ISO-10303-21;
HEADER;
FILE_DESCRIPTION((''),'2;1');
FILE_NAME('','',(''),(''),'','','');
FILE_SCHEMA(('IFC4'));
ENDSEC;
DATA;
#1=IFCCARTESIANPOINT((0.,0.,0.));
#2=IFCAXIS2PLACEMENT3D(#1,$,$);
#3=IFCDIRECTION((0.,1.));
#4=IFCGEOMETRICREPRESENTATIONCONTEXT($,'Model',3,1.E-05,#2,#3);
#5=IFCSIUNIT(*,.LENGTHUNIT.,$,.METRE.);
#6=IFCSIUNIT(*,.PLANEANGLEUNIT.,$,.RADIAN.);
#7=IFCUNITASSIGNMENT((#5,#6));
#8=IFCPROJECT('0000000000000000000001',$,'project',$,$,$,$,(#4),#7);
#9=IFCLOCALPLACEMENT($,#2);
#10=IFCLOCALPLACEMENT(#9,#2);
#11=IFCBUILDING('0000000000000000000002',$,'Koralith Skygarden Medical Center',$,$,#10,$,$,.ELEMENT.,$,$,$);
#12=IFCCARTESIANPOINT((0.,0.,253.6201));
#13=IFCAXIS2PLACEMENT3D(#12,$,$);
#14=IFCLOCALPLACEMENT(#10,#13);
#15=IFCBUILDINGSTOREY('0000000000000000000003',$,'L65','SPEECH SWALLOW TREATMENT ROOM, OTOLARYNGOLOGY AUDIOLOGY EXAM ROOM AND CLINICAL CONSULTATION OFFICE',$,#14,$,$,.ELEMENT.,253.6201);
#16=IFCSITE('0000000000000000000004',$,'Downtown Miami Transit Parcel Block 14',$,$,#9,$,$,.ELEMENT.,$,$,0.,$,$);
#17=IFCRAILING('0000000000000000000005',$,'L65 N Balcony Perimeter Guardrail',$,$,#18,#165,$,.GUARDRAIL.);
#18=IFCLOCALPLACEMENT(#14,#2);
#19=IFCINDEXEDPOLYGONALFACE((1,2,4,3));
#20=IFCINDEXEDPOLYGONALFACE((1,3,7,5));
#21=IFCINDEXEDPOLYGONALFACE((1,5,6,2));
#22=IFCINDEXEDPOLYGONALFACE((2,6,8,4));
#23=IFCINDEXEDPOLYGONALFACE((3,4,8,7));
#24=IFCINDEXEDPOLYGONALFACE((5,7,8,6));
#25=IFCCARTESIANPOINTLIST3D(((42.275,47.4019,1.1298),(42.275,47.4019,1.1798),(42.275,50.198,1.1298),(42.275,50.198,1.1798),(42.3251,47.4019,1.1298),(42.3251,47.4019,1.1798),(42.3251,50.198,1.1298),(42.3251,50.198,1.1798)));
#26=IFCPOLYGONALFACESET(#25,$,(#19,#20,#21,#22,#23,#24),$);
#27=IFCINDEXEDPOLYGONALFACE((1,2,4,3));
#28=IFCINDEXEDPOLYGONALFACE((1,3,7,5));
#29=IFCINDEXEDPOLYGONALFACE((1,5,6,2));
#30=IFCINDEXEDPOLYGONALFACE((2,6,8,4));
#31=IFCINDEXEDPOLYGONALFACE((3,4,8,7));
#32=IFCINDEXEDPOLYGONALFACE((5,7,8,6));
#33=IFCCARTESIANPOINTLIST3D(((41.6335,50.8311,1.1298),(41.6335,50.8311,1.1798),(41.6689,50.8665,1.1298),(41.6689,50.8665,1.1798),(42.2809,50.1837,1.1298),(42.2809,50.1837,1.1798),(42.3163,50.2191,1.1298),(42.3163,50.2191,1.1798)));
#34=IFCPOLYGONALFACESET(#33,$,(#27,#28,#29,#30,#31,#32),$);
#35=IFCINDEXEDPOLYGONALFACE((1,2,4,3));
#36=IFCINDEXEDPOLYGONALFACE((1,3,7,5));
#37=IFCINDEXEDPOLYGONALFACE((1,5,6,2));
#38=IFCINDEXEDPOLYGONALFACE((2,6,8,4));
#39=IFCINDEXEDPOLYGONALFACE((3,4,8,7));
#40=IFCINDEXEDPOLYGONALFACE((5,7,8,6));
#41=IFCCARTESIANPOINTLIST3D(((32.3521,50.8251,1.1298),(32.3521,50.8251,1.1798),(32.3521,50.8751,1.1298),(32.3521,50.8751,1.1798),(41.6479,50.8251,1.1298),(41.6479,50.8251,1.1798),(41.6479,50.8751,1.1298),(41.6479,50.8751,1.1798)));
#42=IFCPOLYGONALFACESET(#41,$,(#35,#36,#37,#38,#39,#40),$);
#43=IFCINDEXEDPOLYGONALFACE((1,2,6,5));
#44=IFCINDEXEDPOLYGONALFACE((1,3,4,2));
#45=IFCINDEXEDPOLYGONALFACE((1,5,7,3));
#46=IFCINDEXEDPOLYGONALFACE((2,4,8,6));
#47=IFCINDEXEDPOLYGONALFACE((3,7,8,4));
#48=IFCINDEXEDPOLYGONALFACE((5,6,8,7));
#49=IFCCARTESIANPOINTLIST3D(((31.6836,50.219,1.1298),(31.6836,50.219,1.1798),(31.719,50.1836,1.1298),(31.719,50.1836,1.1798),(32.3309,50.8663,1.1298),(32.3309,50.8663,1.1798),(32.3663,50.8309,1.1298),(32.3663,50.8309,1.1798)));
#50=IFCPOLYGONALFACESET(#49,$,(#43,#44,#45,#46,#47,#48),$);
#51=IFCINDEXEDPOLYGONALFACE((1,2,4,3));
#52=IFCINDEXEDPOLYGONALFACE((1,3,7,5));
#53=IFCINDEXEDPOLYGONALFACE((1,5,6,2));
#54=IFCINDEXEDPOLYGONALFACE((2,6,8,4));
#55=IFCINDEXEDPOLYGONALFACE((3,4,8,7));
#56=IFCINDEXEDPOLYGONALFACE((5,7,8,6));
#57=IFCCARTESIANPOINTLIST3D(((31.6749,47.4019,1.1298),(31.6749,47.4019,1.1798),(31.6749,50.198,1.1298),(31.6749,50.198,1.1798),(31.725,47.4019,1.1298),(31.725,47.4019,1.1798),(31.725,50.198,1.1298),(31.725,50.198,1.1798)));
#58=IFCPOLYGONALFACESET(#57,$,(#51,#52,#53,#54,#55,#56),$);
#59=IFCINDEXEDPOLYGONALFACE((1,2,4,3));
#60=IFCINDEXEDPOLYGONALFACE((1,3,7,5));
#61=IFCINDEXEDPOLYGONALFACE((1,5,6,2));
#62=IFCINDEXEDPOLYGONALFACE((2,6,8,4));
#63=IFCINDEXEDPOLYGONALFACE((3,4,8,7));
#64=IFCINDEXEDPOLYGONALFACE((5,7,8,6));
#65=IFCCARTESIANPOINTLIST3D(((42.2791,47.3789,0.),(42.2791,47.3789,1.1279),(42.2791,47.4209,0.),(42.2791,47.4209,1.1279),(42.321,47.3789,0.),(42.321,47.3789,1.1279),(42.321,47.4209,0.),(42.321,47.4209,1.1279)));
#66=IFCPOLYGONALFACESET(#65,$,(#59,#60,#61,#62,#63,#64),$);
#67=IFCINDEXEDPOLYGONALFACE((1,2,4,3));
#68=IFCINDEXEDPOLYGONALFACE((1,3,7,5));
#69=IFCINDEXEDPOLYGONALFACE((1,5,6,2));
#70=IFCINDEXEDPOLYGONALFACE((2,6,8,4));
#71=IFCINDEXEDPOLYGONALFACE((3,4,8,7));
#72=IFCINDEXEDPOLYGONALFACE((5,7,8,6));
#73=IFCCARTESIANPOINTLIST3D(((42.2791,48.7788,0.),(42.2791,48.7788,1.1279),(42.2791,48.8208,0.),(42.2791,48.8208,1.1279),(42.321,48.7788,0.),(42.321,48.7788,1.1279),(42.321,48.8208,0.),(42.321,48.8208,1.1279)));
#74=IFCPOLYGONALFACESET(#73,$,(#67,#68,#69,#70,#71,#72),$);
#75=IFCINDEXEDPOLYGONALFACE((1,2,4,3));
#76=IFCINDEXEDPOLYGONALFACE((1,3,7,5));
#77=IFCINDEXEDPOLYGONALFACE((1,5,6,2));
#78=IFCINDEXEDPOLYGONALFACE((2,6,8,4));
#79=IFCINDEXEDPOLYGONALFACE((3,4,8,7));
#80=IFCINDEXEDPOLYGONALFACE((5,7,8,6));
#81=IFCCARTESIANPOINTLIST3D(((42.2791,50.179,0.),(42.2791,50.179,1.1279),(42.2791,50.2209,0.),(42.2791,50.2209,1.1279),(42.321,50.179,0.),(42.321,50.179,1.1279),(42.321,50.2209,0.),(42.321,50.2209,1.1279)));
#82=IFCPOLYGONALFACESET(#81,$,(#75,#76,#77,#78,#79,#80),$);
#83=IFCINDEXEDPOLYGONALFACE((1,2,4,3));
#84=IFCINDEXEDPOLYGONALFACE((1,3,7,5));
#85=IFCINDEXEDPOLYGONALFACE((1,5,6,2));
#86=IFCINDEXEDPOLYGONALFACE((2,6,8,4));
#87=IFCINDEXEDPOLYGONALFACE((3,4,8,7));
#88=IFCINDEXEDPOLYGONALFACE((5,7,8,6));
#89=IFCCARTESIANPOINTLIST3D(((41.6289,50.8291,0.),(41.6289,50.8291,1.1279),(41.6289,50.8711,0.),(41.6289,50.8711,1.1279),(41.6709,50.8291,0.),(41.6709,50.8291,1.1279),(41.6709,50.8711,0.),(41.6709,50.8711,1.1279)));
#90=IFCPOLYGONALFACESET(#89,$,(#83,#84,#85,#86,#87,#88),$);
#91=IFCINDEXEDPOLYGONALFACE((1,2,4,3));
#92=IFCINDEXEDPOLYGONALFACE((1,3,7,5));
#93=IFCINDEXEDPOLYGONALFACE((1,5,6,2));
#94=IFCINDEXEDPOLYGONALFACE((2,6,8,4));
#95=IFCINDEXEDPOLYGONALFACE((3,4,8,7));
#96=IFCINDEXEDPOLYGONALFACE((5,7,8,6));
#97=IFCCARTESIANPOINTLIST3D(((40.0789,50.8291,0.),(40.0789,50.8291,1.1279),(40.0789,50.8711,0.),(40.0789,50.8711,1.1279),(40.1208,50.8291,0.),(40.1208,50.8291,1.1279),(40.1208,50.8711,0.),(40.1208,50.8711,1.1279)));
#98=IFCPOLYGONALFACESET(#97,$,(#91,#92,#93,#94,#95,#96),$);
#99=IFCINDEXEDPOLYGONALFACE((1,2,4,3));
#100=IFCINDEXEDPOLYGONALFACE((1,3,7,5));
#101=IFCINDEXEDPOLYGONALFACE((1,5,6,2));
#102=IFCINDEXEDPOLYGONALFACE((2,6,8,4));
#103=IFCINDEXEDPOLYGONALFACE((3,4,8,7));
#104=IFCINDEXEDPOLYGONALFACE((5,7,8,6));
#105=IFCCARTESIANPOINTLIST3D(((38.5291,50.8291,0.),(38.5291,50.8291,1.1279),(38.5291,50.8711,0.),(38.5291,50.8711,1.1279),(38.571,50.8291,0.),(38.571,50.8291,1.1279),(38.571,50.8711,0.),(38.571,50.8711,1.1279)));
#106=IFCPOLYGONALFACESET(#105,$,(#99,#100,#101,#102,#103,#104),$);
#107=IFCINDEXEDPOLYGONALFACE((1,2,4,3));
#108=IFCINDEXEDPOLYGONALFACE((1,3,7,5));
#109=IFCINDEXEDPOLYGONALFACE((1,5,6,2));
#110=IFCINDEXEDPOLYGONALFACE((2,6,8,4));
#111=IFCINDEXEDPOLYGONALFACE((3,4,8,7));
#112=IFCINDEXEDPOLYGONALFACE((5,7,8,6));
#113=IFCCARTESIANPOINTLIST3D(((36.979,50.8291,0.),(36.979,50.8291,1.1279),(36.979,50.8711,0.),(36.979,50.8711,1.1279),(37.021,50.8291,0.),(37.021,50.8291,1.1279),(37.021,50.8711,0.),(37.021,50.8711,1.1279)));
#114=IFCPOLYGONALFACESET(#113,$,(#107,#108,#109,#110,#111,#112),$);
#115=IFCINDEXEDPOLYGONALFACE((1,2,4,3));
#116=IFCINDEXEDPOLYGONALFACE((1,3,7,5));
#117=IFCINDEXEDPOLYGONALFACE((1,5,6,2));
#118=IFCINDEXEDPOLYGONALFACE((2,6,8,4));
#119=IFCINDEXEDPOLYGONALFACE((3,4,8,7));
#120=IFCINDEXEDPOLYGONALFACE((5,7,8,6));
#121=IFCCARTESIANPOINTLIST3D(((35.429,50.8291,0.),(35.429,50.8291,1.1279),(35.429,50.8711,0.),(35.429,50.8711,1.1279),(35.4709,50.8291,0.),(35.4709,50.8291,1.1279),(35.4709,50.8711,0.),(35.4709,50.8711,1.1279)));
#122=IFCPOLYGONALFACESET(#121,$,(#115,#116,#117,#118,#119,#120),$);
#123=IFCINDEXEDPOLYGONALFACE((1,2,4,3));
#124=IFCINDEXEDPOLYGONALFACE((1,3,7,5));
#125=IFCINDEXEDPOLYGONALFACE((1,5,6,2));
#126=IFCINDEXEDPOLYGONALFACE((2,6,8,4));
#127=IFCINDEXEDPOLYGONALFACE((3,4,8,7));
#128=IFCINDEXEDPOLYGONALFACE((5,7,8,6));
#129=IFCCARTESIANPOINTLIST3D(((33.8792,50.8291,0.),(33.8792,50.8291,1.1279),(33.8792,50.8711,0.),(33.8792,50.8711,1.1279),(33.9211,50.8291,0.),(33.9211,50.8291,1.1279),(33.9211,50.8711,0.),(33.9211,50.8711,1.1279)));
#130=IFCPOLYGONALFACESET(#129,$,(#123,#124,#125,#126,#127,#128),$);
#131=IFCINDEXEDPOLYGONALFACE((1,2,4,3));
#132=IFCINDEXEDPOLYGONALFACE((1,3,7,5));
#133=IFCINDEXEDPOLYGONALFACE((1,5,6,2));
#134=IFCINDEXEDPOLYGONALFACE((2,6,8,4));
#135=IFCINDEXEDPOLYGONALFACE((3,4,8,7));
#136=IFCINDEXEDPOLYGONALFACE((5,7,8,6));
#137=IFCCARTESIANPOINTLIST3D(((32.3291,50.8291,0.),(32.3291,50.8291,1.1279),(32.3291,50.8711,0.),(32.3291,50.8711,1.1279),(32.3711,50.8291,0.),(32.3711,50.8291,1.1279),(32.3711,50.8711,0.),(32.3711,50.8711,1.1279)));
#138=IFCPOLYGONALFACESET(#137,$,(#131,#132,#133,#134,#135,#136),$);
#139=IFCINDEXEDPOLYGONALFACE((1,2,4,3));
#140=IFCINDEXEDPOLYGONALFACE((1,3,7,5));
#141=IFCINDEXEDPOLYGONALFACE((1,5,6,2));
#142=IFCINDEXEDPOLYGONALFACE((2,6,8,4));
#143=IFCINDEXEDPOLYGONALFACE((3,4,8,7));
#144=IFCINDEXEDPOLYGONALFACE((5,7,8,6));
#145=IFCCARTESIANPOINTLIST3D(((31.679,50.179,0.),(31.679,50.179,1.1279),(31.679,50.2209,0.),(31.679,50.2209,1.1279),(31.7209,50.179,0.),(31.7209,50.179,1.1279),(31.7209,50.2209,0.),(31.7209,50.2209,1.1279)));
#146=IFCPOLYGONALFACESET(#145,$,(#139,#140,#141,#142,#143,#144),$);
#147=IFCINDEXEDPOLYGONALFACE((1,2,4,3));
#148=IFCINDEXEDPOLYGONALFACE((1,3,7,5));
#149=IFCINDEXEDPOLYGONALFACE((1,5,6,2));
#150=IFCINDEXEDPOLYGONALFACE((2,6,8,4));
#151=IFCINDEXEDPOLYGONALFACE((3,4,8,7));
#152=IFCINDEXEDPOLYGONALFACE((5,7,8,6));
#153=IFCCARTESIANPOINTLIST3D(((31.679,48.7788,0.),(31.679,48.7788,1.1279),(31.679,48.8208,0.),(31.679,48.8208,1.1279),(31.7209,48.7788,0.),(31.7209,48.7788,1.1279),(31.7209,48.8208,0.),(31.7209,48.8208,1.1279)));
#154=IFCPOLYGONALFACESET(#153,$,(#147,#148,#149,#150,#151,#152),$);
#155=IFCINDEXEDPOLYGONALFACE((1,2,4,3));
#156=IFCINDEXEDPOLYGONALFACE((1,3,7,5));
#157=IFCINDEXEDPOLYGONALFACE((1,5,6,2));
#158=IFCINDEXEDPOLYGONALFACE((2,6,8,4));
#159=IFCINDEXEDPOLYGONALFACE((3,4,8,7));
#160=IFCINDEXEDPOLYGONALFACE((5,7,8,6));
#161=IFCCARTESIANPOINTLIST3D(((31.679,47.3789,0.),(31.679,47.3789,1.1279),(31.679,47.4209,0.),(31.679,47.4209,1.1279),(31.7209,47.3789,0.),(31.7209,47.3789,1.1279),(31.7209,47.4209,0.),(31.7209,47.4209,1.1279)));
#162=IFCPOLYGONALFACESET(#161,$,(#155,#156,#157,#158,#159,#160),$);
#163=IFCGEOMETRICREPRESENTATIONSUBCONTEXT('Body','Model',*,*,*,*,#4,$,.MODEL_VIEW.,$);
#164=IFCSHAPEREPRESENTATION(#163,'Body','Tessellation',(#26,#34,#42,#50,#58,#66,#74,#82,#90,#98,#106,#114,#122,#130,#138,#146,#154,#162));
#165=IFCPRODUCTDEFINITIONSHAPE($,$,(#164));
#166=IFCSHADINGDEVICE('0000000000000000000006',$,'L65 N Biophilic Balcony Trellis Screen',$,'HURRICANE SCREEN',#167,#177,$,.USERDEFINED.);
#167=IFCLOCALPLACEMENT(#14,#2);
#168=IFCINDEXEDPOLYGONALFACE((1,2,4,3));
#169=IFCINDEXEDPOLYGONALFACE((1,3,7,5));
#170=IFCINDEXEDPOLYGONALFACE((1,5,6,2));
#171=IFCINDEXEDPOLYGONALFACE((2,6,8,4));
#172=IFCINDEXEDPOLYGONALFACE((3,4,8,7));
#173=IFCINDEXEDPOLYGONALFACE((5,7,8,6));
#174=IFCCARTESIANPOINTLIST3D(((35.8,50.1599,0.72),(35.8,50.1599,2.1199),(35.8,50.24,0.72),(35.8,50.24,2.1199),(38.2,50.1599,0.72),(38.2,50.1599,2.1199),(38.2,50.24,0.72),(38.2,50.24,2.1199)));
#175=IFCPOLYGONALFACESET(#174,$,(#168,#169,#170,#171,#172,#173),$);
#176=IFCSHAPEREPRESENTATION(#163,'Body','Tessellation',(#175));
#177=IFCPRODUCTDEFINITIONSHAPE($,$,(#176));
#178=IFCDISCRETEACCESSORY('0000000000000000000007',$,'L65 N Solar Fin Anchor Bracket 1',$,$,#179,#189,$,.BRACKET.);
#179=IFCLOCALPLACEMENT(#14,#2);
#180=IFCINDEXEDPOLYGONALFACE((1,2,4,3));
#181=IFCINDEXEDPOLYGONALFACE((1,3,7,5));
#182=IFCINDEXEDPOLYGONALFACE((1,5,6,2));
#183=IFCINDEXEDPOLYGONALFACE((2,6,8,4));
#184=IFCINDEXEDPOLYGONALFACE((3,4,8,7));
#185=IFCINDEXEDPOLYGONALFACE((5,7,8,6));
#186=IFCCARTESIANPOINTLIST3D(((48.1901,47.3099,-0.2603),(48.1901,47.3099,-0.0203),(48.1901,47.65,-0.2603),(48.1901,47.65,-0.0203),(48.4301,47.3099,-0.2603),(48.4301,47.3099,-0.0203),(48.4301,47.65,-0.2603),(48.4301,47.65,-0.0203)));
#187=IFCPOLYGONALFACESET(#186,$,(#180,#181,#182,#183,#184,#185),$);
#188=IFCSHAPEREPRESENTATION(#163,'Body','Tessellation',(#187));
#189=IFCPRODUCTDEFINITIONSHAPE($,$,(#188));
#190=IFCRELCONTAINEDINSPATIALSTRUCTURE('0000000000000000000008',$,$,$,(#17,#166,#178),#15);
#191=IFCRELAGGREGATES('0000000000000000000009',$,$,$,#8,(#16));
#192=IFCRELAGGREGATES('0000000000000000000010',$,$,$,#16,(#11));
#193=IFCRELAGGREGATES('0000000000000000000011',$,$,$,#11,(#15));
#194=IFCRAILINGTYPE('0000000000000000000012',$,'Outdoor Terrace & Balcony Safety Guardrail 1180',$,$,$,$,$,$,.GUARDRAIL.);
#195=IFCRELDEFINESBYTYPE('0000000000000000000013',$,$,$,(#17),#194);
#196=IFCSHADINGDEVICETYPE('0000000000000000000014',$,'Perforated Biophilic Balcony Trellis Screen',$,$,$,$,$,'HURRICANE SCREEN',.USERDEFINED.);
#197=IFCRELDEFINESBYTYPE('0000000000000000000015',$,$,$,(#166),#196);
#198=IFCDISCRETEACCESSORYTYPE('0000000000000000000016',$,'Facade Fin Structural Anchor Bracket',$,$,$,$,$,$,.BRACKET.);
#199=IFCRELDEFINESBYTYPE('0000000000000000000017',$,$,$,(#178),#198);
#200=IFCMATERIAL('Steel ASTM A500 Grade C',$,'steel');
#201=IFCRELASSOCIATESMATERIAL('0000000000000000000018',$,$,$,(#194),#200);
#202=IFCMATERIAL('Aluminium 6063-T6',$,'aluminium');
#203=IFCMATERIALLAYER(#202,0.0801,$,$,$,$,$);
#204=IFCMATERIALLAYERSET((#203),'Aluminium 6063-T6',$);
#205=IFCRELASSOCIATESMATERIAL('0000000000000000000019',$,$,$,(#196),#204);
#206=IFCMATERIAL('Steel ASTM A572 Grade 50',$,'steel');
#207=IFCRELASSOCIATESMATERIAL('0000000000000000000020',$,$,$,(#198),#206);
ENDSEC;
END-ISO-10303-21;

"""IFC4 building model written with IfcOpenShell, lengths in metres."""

from ifc_helpers import new_model, si_unit, direction, frame, origin, origin_2d, place, context, subcontext, project, spatial, rectangle, extrude, material, layer, layer_set, type_object, element, save


model = new_model("IFC4")

# Units and contexts
model_context = context("Model", 3, precision=1e-05, world=origin(), true_north=direction((0.0, 1.0)))
body_context = subcontext(model_context, "Body", "Model", "MODEL_VIEW")
ifc_project = project(units=[si_unit("LENGTHUNIT", "METRE"), si_unit("PLANEANGLEUNIT", "RADIAN")], contexts=[model_context])

# Site, building, storey
site_placement = place(None, origin())
site = spatial("IfcSite", under=ifc_project, at=site_placement, Name="Downtown Miami Transit Parcel Block 14", CompositionType="ELEMENT", RefElevation=0.0)
building_placement = place(site_placement, origin())
building = spatial("IfcBuilding", under=site, at=building_placement, Name="Koralith Skygarden Medical Center", CompositionType="ELEMENT")
storey_placement = place(building_placement, frame((0.0, 0.0, 253.6201)))
storey = spatial("IfcBuildingStorey", under=building, at=storey_placement, Name="L65", Description="SPEECH SWALLOW TREATMENT ROOM, OTOLARYNGOLOGY AUDIOLOGY EXAM ROOM AND CLINICAL CONSULTATION OFFICE", CompositionType="ELEMENT", Elevation=253.6201)

# Shared definitions
ifc_material_1 = material(Name="Aluminium 6063-T6", Category="aluminium")

# Shared definitions
ifc_material_2 = material(Name="Steel ASTM A500 Grade C", Category="steel")

# Railing
railing_type = type_object("IfcRailingType", Name="Outdoor Terrace & Balcony Safety Guardrail 1180", PredefinedType="GUARDRAIL", material=ifc_material_2)
railing_placement = place(storey_placement, frame((42.3, 47.3999, 0.0)))
element("IfcRailing", 1, at=railing_placement, inside=storey, type_object=railing_type, Name="L65 N Balcony Perimeter Guardrail", PredefinedType="GUARDRAIL", context=body_context, shape_type="SweptSolid", body=[
    extrude(rectangle(XDim=0.05, YDim=0.05, at=origin_2d()), frame((0.0, 0.002, 1.1548), z_axis=(0.0, 1.0, 0.0), x_axis=(-1.0, 0.0, 0.0)), (0.0, 0.0, 1.0), 2.7961),
    extrude(rectangle(XDim=0.05, YDim=0.05, at=origin_2d()), frame((-0.0015, 2.8015, 1.1548), z_axis=(-0.707107, 0.707107, 0.0), x_axis=(-0.707107, -0.707107, 0.0)), (0.0, 0.0, 1.0), 0.9155),
    extrude(rectangle(XDim=0.05, YDim=0.05, at=origin_2d()), frame((-0.6521, 3.4502, 1.1548), z_axis=(-1.0, 0.0, 0.0), x_axis=(0.0, -1.0, 0.0)), (0.0, 0.0, 1.0), 9.2959),
    extrude(rectangle(XDim=0.05, YDim=0.05, at=origin_2d()), frame((-9.9514, 3.4487, 1.1548), z_axis=(-0.707107, -0.707107, 0.0), x_axis=(0.707107, -0.707107, 0.0)), (0.0, 0.0, 1.0), 0.9155),
    extrude(rectangle(XDim=0.05, YDim=0.05, at=origin_2d()), frame((-10.6001, 2.7981, 1.1548), z_axis=(0.0, -1.0, 0.0), x_axis=(1.0, 0.0, 0.0)), (0.0, 0.0, 1.0), 2.7961),
    extrude(rectangle(XDim=0.042, YDim=0.042, at=origin_2d()), origin(), (0.0, 0.0, 1.0), 1.1279),
    extrude(rectangle(XDim=0.042, YDim=0.042, at=origin_2d()), frame((0.0, 1.3999, 0.0)), (0.0, 0.0, 1.0), 1.1279),
    extrude(rectangle(XDim=0.042, YDim=0.042, at=origin_2d()), frame((0.0, 2.8, 0.0)), (0.0, 0.0, 1.0), 1.1279),
    extrude(rectangle(XDim=0.042, YDim=0.042, at=origin_2d()), frame((-0.6501, 3.4502, 0.0)), (0.0, 0.0, 1.0), 1.1279),
    extrude(rectangle(XDim=0.042, YDim=0.042, at=origin_2d()), frame((-2.2002, 3.4502, 0.0)), (0.0, 0.0, 1.0), 1.1279),
    extrude(rectangle(XDim=0.042, YDim=0.042, at=origin_2d()), frame((-3.75, 3.4502, 0.0)), (0.0, 0.0, 1.0), 1.1279),
    extrude(rectangle(XDim=0.042, YDim=0.042, at=origin_2d()), frame((-5.3, 3.4502, 0.0)), (0.0, 0.0, 1.0), 1.1279),
    extrude(rectangle(XDim=0.042, YDim=0.042, at=origin_2d()), frame((-6.8501, 3.4502, 0.0)), (0.0, 0.0, 1.0), 1.1279),
    extrude(rectangle(XDim=0.042, YDim=0.042, at=origin_2d()), frame((-8.3999, 3.4502, 0.0)), (0.0, 0.0, 1.0), 1.1279),
    extrude(rectangle(XDim=0.042, YDim=0.042, at=origin_2d()), frame((-9.95, 3.4502, 0.0)), (0.0, 0.0, 1.0), 1.1279),
    extrude(rectangle(XDim=0.042, YDim=0.042, at=origin_2d()), frame((-10.6001, 2.8, 0.0)), (0.0, 0.0, 1.0), 1.1279),
    extrude(rectangle(XDim=0.042, YDim=0.042, at=origin_2d()), frame((-10.6001, 1.3999, 0.0)), (0.0, 0.0, 1.0), 1.1279),
    extrude(rectangle(XDim=0.042, YDim=0.042, at=origin_2d()), frame((-10.6001, 0.0, 0.0)), (0.0, 0.0, 1.0), 1.1279),
])

# Shading device
ifc_layer_1 = layer(ifc_material_1, 0.0801)
ifc_layer_set_1 = layer_set([ifc_layer_1], Name="Aluminium 6063-T6")
shading_device_type_1 = type_object("IfcShadingDeviceType", Name="Perforated Biophilic Balcony Trellis Screen", ElementType="HURRICANE SCREEN", PredefinedType="USERDEFINED", material=ifc_layer_set_1)
shading_device_1_placement = place(storey_placement, frame((37.0, 50.2, 0.72), z_axis=(0.0, 0.0, 1.0), x_axis=(1.0, 0.0, 0.0)))
element("IfcShadingDevice", 2, at=shading_device_1_placement, inside=storey, type_object=shading_device_type_1, Name="L65 N Biophilic Balcony Trellis Screen", ObjectType="HURRICANE SCREEN", PredefinedType="USERDEFINED", context=body_context, shape_type="SweptSolid", body=[
    extrude(rectangle(XDim=2.3999, YDim=0.0801, at=origin_2d()), origin(), (0.0, 0.0, 1.0), 1.3999),
])

# Discrete accessory
ifc_material_3 = material(Name="Steel ASTM A572 Grade 50", Category="steel")
discrete_accessory_type = type_object("IfcDiscreteAccessoryType", Name="Facade Fin Structural Anchor Bracket", PredefinedType="BRACKET", material=ifc_material_3)
discrete_accessory_placement = place(storey_placement, frame((48.3101, 47.48, -0.2603), z_axis=(0.0, 0.0, 1.0), x_axis=(0.0, 1.0, 0.0)))
element("IfcDiscreteAccessory", 3, at=discrete_accessory_placement, inside=storey, type_object=discrete_accessory_type, Name="L65 N Solar Fin Anchor Bracket 1", PredefinedType="BRACKET", context=body_context, shape_type="SweptSolid", body=[
    extrude(rectangle(XDim=0.3401, YDim=0.24, at=origin_2d()), origin(), (0.0, 0.0, 1.0), 0.24),
])

save(model, "model.ifc")
